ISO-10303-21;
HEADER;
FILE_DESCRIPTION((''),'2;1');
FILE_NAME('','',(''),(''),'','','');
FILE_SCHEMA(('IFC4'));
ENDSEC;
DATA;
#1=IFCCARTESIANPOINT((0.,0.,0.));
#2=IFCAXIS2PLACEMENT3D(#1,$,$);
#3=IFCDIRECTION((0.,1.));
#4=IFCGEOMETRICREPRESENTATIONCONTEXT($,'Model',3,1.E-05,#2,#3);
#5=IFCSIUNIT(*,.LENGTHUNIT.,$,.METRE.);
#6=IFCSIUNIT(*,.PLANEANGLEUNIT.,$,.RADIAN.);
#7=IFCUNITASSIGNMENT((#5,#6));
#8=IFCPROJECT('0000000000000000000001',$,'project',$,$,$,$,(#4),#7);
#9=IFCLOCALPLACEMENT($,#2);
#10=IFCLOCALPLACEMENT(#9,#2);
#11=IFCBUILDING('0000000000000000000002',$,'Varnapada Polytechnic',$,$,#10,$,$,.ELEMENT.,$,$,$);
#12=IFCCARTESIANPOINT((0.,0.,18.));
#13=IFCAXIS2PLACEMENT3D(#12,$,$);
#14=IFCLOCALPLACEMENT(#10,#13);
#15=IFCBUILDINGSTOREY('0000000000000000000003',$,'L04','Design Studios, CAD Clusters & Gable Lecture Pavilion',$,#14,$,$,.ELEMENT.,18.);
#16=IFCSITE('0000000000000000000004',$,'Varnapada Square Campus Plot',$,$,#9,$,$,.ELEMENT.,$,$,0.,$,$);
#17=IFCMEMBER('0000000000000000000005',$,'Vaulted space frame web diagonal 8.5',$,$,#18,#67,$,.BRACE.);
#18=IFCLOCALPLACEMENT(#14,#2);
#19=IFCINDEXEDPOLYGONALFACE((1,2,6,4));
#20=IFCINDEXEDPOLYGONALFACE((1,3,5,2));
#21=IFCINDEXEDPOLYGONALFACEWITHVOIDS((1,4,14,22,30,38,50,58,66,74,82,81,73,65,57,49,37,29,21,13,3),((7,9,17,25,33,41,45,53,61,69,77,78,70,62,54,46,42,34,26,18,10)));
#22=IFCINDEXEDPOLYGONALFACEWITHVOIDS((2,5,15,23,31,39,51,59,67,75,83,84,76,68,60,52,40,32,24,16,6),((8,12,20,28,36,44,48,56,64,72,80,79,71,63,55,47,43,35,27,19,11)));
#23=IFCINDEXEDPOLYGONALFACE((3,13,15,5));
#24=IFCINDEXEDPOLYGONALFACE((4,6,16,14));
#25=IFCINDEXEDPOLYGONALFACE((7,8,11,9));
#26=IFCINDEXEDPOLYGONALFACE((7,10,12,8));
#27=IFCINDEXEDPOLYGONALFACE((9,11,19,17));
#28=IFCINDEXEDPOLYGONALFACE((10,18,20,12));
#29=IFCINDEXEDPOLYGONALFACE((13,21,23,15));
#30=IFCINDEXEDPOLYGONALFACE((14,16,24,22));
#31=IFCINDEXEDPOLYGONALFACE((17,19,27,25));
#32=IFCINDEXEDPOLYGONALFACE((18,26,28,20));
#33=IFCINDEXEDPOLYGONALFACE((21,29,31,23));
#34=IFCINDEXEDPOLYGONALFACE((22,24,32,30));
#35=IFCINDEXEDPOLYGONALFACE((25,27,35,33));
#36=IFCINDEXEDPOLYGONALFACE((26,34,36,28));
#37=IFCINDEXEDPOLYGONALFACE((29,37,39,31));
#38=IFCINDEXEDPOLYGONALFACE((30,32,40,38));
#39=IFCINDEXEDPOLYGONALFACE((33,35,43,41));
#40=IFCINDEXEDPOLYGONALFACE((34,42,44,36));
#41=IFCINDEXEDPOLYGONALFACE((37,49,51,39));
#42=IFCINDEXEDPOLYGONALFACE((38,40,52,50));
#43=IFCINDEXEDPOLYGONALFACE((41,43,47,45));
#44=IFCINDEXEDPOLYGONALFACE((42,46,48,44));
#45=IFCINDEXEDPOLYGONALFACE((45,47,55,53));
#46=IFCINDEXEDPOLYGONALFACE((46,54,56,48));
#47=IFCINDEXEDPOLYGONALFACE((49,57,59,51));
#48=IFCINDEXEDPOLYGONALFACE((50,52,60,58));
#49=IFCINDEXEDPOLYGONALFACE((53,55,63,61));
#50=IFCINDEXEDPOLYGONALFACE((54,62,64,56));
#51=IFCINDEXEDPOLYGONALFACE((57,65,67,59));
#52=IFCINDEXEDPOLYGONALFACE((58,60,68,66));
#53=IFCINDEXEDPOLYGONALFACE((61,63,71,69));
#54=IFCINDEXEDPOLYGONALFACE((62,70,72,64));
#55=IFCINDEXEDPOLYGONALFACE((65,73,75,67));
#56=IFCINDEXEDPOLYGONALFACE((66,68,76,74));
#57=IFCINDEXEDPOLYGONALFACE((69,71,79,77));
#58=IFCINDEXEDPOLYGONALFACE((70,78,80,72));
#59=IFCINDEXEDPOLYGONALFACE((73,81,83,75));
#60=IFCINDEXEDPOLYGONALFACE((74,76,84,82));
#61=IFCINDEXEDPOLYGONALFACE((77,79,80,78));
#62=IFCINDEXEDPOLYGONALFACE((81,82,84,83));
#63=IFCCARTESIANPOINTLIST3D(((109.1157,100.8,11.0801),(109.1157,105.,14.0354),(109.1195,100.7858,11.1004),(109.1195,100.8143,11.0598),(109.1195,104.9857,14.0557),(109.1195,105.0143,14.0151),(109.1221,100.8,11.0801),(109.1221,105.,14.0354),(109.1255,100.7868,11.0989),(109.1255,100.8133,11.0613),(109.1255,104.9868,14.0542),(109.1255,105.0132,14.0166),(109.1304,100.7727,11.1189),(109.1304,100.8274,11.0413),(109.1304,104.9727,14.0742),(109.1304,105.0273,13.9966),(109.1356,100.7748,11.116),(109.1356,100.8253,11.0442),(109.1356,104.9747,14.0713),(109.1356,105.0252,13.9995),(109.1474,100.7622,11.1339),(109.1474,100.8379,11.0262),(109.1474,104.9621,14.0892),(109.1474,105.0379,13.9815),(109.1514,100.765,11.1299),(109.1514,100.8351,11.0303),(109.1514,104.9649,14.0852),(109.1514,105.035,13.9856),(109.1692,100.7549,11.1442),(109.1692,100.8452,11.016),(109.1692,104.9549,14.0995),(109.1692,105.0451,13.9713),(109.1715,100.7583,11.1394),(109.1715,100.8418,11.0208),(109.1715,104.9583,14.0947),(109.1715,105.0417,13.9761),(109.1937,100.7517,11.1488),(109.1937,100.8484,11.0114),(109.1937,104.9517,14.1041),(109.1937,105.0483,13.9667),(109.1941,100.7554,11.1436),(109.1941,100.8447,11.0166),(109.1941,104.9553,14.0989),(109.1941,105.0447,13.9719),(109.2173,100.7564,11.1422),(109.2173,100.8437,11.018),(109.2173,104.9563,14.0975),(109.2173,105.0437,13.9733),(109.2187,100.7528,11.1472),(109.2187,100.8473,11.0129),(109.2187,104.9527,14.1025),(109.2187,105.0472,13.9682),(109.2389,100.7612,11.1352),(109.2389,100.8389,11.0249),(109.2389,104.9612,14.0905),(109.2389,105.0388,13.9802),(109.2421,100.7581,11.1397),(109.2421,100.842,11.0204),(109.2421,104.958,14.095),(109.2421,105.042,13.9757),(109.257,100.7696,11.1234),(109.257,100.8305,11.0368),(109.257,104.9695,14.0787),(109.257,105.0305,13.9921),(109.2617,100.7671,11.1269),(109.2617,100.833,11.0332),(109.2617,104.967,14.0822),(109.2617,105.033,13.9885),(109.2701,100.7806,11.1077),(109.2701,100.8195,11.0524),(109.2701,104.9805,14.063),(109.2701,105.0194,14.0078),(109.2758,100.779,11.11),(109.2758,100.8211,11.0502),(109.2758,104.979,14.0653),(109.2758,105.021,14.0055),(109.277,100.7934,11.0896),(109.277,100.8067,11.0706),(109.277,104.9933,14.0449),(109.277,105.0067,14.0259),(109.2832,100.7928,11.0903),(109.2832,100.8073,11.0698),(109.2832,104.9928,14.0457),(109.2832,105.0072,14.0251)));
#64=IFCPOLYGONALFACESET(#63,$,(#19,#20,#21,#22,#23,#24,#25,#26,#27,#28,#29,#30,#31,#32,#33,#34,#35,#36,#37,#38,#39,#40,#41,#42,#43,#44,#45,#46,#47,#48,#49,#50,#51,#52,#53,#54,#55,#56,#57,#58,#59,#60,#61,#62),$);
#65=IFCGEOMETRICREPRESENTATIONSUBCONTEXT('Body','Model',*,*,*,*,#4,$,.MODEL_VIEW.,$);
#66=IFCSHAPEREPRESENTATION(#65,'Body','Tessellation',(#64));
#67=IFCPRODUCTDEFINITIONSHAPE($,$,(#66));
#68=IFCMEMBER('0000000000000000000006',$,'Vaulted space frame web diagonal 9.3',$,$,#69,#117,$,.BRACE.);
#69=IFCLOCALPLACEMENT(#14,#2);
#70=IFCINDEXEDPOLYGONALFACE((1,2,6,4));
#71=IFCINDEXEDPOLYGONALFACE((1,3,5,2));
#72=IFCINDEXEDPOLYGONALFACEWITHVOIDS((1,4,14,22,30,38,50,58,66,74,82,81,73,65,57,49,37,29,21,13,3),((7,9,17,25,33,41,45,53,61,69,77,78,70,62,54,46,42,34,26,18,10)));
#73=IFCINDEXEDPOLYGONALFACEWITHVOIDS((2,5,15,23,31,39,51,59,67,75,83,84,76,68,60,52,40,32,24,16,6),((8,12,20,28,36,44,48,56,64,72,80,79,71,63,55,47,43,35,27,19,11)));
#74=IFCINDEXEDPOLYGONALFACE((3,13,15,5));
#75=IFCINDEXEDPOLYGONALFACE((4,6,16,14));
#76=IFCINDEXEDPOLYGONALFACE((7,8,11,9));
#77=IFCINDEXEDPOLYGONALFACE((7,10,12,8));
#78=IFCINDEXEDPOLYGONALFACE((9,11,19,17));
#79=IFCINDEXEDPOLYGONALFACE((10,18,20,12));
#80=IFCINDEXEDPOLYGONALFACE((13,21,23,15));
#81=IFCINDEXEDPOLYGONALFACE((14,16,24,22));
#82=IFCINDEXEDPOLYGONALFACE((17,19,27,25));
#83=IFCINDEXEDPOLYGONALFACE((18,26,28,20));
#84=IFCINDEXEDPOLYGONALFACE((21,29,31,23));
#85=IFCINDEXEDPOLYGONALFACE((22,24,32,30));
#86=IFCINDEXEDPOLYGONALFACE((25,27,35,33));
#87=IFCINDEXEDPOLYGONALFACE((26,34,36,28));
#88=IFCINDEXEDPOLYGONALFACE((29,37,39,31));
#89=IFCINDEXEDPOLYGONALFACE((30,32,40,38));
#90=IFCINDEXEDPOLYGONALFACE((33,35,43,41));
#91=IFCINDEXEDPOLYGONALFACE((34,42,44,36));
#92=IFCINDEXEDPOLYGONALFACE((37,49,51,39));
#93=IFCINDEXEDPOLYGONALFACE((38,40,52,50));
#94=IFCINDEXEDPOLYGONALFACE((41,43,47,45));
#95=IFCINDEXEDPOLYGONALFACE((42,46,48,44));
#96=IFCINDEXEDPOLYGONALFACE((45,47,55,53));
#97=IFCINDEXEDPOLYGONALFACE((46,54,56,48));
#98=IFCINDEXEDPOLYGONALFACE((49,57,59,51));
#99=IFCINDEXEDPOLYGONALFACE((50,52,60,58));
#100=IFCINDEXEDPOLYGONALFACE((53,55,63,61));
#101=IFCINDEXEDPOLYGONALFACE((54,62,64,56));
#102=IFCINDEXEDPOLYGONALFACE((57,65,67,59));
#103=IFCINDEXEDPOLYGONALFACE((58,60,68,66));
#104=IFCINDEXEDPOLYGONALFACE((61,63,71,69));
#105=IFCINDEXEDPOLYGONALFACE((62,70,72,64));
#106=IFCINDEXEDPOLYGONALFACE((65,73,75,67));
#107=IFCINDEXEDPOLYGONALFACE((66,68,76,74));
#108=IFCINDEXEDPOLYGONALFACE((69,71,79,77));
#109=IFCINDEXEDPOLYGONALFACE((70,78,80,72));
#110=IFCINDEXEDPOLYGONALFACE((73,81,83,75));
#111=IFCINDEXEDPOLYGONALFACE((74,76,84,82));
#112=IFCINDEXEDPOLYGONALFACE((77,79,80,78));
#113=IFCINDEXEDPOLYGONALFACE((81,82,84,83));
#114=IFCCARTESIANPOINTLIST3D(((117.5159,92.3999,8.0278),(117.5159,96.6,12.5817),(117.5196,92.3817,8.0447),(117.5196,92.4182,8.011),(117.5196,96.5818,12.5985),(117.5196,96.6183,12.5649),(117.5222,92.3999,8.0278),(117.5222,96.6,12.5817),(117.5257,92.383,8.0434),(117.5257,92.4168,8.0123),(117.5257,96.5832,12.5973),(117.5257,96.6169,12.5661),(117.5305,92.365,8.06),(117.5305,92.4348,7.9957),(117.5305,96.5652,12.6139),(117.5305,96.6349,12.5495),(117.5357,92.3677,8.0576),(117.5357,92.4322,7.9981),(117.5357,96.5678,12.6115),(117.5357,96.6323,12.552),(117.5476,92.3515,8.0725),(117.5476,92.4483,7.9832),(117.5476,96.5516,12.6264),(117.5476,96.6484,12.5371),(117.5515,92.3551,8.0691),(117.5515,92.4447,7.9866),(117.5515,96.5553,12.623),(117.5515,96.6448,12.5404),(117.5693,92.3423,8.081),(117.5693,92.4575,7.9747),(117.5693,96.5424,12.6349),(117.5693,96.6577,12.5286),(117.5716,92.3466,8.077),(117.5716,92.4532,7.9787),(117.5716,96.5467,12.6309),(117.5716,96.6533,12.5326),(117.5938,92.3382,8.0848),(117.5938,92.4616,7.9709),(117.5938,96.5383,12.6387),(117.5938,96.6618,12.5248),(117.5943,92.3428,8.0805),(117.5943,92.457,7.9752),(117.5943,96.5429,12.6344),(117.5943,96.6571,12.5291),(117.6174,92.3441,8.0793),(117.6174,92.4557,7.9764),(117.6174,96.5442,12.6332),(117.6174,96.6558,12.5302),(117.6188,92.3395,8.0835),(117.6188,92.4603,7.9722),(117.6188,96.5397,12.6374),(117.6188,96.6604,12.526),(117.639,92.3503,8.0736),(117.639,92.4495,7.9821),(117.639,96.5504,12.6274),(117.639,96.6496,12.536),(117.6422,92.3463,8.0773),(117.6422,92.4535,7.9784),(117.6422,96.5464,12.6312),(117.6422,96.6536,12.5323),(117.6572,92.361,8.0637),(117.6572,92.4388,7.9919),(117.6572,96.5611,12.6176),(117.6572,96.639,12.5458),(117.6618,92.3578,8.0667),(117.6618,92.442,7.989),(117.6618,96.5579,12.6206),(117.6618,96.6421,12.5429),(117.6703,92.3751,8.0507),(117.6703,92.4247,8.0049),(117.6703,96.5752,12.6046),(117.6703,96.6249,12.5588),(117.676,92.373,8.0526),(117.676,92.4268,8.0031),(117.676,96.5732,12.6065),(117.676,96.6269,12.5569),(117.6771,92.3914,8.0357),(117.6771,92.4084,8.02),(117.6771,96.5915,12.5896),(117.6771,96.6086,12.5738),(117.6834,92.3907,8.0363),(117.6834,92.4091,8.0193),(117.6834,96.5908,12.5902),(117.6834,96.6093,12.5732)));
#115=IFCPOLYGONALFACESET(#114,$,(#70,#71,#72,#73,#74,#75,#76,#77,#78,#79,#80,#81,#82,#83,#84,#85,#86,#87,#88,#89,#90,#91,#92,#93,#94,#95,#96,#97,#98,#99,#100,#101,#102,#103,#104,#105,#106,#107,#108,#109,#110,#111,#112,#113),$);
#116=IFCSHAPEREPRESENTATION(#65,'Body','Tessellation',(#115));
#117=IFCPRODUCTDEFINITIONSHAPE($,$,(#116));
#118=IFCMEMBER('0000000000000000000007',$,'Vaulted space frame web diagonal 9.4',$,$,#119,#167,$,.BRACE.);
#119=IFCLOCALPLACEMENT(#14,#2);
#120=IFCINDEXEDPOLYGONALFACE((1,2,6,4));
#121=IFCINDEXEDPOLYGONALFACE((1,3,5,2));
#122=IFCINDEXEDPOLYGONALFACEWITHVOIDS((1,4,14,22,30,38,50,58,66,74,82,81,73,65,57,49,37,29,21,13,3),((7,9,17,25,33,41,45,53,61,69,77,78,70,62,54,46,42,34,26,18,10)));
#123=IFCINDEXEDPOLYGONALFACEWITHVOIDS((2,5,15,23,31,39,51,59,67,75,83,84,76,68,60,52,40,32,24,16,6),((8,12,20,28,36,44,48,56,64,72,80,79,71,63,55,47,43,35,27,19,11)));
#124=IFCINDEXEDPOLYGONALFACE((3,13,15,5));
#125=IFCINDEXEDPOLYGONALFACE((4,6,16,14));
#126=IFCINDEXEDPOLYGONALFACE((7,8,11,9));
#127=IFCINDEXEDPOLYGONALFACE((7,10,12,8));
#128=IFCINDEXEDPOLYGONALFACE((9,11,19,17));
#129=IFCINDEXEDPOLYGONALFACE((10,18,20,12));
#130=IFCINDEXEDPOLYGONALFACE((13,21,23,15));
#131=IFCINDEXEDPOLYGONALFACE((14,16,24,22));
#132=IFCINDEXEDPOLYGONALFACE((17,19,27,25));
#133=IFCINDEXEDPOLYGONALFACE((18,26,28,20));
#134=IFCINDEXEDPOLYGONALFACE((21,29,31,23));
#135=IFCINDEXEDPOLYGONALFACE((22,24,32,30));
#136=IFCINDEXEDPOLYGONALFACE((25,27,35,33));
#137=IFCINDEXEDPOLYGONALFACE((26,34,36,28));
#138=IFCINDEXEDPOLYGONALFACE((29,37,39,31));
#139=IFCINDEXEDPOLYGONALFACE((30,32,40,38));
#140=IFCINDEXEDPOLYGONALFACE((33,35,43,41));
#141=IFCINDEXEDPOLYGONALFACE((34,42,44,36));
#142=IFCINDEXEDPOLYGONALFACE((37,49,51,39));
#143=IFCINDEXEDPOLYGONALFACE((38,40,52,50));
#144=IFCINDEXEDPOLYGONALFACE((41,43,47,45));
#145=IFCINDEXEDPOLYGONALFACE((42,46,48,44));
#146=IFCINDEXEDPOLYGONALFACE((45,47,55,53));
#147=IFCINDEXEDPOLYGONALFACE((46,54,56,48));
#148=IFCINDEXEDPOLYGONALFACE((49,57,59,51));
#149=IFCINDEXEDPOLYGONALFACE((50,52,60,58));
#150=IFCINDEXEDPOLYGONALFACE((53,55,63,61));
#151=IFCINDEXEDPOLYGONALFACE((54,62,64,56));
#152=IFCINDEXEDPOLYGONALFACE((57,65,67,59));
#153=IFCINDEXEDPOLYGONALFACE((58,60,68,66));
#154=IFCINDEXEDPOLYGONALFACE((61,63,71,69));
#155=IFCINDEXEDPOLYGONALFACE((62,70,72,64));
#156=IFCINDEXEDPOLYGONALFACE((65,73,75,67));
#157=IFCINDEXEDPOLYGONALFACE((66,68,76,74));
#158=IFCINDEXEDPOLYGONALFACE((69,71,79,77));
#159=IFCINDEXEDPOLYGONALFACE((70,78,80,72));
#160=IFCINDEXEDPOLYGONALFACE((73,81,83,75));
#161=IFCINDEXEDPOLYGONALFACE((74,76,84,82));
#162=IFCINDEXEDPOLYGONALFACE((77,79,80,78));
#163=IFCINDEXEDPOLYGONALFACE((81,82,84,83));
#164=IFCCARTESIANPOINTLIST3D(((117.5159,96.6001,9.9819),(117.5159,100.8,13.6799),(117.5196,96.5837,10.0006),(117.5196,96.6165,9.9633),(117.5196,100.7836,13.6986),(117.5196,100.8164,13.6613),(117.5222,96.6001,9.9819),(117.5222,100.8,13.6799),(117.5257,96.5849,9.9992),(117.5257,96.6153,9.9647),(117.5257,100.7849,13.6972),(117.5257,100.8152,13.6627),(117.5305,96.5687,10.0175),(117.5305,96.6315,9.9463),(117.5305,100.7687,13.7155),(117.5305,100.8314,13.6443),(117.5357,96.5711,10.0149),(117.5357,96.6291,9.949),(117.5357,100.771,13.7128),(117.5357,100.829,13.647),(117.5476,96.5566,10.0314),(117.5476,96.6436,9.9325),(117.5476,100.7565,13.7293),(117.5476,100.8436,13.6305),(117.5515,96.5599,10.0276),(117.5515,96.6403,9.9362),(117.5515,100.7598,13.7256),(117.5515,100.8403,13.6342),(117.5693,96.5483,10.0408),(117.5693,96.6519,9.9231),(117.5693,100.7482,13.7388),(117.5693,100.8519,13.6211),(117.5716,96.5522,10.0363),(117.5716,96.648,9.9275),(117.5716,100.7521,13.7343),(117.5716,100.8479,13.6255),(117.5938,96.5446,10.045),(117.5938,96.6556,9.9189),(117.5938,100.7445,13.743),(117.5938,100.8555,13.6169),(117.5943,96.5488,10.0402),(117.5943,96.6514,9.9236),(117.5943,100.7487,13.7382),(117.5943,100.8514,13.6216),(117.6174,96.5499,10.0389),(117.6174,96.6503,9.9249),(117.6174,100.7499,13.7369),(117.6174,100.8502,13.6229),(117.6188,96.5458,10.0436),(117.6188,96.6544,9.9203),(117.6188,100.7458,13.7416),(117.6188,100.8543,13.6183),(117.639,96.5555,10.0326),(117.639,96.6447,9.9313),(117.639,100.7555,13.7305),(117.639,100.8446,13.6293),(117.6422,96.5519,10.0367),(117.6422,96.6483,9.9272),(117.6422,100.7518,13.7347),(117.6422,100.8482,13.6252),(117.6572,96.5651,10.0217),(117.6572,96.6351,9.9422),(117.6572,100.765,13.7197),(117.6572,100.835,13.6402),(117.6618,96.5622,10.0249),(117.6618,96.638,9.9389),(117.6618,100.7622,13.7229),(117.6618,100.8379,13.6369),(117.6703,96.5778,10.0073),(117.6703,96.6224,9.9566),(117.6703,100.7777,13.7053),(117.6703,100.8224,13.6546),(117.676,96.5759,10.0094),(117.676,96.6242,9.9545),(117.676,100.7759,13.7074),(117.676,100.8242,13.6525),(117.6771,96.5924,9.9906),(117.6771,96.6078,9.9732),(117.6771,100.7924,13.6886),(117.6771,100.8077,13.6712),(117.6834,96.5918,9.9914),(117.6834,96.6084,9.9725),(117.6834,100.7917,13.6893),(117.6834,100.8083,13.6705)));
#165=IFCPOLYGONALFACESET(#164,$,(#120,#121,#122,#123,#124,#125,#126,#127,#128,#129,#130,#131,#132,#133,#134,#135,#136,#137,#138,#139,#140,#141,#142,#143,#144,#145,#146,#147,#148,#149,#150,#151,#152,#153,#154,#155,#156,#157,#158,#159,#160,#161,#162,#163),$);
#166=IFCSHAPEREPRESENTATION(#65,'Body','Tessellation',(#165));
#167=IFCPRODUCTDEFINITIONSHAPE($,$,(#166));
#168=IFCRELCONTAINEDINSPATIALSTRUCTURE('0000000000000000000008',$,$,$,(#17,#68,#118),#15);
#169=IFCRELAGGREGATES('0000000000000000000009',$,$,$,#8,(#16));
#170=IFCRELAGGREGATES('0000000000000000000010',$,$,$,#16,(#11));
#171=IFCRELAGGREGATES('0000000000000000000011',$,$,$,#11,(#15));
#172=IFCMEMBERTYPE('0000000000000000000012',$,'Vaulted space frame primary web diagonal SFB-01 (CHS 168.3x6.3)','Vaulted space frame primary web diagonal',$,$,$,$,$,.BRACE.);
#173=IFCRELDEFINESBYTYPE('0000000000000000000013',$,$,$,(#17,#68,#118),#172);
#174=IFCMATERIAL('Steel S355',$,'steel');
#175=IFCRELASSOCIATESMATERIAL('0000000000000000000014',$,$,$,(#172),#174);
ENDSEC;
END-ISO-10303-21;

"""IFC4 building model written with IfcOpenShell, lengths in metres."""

from ifc_helpers import new_model, si_unit, direction, frame, origin, origin_2d, place, context, subcontext, project, spatial, hollow_circle, extrude, material, material_profile, profile_set, type_object, element, save


model = new_model("IFC4")

# Units and contexts
model_context = context("Model", 3, precision=1e-05, world=origin(), true_north=direction((0.0, 1.0)))
body_context = subcontext(model_context, "Body", "Model", "MODEL_VIEW")
ifc_project = project(units=[si_unit("LENGTHUNIT", "METRE"), si_unit("PLANEANGLEUNIT", "RADIAN")], contexts=[model_context])

# Site, building, storey
site_placement = place(None, origin())
site = spatial("IfcSite", under=ifc_project, at=site_placement, Name="Varnapada Square Campus Plot", CompositionType="ELEMENT", RefElevation=0.0)
building_placement = place(site_placement, origin())
building = spatial("IfcBuilding", under=site, at=building_placement, Name="Varnapada Polytechnic", CompositionType="ELEMENT")
storey_placement = place(building_placement, frame((0.0, 0.0, 18.0)))
storey = spatial("IfcBuildingStorey", under=building, at=storey_placement, Name="L04", Description="Design Studios, CAD Clusters & Gable Lecture Pavilion", CompositionType="ELEMENT", Elevation=18.0)

# Shared definitions
ifc_material = material(Name="Steel S355", Category="steel")

# Members
ifc_material_profile_1 = material_profile(ifc_material, hollow_circle(Radius=0.0842, WallThickness=0.0063, at=origin_2d()), Name="CHS 168.3x6.3")
ifc_profile_set_1 = profile_set([ifc_material_profile_1], Name="Steel S355")
member_type_1 = type_object("IfcMemberType", Name="Vaulted space frame primary web diagonal SFB-01 (CHS 168.3x6.3)", Description="Vaulted space frame primary web diagonal", PredefinedType="BRACE", material=ifc_profile_set_1)
member_1_placement = place(storey_placement, frame((109.2, 100.8, 11.0801), z_axis=(0.0, 0.817825, 0.575467), x_axis=(-1.0, 0.0, 0.0)))
element("IfcMember", 1, at=member_1_placement, inside=storey, type_object=member_type_1, Name="Vaulted space frame web diagonal 8.5", PredefinedType="BRACE", context=body_context, shape_type="SweptSolid", body=[
    extrude(hollow_circle(Radius=0.0842, WallThickness=0.0063, at=origin_2d()), origin(), (0.0, 0.0, 1.0), 5.1355),
])
member_2_placement = place(storey_placement, frame((117.6001, 92.3999, 8.0278), z_axis=(0.0, 0.677979, 0.735081), x_axis=(-1.0, 0.0, 0.0)))
element("IfcMember", 2, at=member_2_placement, inside=storey, type_object=member_type_1, Name="Vaulted space frame web diagonal 9.3", PredefinedType="BRACE", context=body_context, shape_type="SweptSolid", body=[
    extrude(hollow_circle(Radius=0.0842, WallThickness=0.0063, at=origin_2d()), origin(), (0.0, 0.0, 1.0), 6.1951),
])
member_3_placement = place(storey_placement, frame((117.6001, 96.6001, 9.9819), z_axis=(0.0, 0.750533, 0.660833), x_axis=(-1.0, 0.0, 0.0)))
element("IfcMember", 3, at=member_3_placement, inside=storey, type_object=member_type_1, Name="Vaulted space frame web diagonal 9.4", PredefinedType="BRACE", context=body_context, shape_type="SweptSolid", body=[
    extrude(hollow_circle(Radius=0.0842, WallThickness=0.0063, at=origin_2d()), origin(), (0.0, 0.0, 1.0), 5.5959),
])

save(model, "model.ifc")
